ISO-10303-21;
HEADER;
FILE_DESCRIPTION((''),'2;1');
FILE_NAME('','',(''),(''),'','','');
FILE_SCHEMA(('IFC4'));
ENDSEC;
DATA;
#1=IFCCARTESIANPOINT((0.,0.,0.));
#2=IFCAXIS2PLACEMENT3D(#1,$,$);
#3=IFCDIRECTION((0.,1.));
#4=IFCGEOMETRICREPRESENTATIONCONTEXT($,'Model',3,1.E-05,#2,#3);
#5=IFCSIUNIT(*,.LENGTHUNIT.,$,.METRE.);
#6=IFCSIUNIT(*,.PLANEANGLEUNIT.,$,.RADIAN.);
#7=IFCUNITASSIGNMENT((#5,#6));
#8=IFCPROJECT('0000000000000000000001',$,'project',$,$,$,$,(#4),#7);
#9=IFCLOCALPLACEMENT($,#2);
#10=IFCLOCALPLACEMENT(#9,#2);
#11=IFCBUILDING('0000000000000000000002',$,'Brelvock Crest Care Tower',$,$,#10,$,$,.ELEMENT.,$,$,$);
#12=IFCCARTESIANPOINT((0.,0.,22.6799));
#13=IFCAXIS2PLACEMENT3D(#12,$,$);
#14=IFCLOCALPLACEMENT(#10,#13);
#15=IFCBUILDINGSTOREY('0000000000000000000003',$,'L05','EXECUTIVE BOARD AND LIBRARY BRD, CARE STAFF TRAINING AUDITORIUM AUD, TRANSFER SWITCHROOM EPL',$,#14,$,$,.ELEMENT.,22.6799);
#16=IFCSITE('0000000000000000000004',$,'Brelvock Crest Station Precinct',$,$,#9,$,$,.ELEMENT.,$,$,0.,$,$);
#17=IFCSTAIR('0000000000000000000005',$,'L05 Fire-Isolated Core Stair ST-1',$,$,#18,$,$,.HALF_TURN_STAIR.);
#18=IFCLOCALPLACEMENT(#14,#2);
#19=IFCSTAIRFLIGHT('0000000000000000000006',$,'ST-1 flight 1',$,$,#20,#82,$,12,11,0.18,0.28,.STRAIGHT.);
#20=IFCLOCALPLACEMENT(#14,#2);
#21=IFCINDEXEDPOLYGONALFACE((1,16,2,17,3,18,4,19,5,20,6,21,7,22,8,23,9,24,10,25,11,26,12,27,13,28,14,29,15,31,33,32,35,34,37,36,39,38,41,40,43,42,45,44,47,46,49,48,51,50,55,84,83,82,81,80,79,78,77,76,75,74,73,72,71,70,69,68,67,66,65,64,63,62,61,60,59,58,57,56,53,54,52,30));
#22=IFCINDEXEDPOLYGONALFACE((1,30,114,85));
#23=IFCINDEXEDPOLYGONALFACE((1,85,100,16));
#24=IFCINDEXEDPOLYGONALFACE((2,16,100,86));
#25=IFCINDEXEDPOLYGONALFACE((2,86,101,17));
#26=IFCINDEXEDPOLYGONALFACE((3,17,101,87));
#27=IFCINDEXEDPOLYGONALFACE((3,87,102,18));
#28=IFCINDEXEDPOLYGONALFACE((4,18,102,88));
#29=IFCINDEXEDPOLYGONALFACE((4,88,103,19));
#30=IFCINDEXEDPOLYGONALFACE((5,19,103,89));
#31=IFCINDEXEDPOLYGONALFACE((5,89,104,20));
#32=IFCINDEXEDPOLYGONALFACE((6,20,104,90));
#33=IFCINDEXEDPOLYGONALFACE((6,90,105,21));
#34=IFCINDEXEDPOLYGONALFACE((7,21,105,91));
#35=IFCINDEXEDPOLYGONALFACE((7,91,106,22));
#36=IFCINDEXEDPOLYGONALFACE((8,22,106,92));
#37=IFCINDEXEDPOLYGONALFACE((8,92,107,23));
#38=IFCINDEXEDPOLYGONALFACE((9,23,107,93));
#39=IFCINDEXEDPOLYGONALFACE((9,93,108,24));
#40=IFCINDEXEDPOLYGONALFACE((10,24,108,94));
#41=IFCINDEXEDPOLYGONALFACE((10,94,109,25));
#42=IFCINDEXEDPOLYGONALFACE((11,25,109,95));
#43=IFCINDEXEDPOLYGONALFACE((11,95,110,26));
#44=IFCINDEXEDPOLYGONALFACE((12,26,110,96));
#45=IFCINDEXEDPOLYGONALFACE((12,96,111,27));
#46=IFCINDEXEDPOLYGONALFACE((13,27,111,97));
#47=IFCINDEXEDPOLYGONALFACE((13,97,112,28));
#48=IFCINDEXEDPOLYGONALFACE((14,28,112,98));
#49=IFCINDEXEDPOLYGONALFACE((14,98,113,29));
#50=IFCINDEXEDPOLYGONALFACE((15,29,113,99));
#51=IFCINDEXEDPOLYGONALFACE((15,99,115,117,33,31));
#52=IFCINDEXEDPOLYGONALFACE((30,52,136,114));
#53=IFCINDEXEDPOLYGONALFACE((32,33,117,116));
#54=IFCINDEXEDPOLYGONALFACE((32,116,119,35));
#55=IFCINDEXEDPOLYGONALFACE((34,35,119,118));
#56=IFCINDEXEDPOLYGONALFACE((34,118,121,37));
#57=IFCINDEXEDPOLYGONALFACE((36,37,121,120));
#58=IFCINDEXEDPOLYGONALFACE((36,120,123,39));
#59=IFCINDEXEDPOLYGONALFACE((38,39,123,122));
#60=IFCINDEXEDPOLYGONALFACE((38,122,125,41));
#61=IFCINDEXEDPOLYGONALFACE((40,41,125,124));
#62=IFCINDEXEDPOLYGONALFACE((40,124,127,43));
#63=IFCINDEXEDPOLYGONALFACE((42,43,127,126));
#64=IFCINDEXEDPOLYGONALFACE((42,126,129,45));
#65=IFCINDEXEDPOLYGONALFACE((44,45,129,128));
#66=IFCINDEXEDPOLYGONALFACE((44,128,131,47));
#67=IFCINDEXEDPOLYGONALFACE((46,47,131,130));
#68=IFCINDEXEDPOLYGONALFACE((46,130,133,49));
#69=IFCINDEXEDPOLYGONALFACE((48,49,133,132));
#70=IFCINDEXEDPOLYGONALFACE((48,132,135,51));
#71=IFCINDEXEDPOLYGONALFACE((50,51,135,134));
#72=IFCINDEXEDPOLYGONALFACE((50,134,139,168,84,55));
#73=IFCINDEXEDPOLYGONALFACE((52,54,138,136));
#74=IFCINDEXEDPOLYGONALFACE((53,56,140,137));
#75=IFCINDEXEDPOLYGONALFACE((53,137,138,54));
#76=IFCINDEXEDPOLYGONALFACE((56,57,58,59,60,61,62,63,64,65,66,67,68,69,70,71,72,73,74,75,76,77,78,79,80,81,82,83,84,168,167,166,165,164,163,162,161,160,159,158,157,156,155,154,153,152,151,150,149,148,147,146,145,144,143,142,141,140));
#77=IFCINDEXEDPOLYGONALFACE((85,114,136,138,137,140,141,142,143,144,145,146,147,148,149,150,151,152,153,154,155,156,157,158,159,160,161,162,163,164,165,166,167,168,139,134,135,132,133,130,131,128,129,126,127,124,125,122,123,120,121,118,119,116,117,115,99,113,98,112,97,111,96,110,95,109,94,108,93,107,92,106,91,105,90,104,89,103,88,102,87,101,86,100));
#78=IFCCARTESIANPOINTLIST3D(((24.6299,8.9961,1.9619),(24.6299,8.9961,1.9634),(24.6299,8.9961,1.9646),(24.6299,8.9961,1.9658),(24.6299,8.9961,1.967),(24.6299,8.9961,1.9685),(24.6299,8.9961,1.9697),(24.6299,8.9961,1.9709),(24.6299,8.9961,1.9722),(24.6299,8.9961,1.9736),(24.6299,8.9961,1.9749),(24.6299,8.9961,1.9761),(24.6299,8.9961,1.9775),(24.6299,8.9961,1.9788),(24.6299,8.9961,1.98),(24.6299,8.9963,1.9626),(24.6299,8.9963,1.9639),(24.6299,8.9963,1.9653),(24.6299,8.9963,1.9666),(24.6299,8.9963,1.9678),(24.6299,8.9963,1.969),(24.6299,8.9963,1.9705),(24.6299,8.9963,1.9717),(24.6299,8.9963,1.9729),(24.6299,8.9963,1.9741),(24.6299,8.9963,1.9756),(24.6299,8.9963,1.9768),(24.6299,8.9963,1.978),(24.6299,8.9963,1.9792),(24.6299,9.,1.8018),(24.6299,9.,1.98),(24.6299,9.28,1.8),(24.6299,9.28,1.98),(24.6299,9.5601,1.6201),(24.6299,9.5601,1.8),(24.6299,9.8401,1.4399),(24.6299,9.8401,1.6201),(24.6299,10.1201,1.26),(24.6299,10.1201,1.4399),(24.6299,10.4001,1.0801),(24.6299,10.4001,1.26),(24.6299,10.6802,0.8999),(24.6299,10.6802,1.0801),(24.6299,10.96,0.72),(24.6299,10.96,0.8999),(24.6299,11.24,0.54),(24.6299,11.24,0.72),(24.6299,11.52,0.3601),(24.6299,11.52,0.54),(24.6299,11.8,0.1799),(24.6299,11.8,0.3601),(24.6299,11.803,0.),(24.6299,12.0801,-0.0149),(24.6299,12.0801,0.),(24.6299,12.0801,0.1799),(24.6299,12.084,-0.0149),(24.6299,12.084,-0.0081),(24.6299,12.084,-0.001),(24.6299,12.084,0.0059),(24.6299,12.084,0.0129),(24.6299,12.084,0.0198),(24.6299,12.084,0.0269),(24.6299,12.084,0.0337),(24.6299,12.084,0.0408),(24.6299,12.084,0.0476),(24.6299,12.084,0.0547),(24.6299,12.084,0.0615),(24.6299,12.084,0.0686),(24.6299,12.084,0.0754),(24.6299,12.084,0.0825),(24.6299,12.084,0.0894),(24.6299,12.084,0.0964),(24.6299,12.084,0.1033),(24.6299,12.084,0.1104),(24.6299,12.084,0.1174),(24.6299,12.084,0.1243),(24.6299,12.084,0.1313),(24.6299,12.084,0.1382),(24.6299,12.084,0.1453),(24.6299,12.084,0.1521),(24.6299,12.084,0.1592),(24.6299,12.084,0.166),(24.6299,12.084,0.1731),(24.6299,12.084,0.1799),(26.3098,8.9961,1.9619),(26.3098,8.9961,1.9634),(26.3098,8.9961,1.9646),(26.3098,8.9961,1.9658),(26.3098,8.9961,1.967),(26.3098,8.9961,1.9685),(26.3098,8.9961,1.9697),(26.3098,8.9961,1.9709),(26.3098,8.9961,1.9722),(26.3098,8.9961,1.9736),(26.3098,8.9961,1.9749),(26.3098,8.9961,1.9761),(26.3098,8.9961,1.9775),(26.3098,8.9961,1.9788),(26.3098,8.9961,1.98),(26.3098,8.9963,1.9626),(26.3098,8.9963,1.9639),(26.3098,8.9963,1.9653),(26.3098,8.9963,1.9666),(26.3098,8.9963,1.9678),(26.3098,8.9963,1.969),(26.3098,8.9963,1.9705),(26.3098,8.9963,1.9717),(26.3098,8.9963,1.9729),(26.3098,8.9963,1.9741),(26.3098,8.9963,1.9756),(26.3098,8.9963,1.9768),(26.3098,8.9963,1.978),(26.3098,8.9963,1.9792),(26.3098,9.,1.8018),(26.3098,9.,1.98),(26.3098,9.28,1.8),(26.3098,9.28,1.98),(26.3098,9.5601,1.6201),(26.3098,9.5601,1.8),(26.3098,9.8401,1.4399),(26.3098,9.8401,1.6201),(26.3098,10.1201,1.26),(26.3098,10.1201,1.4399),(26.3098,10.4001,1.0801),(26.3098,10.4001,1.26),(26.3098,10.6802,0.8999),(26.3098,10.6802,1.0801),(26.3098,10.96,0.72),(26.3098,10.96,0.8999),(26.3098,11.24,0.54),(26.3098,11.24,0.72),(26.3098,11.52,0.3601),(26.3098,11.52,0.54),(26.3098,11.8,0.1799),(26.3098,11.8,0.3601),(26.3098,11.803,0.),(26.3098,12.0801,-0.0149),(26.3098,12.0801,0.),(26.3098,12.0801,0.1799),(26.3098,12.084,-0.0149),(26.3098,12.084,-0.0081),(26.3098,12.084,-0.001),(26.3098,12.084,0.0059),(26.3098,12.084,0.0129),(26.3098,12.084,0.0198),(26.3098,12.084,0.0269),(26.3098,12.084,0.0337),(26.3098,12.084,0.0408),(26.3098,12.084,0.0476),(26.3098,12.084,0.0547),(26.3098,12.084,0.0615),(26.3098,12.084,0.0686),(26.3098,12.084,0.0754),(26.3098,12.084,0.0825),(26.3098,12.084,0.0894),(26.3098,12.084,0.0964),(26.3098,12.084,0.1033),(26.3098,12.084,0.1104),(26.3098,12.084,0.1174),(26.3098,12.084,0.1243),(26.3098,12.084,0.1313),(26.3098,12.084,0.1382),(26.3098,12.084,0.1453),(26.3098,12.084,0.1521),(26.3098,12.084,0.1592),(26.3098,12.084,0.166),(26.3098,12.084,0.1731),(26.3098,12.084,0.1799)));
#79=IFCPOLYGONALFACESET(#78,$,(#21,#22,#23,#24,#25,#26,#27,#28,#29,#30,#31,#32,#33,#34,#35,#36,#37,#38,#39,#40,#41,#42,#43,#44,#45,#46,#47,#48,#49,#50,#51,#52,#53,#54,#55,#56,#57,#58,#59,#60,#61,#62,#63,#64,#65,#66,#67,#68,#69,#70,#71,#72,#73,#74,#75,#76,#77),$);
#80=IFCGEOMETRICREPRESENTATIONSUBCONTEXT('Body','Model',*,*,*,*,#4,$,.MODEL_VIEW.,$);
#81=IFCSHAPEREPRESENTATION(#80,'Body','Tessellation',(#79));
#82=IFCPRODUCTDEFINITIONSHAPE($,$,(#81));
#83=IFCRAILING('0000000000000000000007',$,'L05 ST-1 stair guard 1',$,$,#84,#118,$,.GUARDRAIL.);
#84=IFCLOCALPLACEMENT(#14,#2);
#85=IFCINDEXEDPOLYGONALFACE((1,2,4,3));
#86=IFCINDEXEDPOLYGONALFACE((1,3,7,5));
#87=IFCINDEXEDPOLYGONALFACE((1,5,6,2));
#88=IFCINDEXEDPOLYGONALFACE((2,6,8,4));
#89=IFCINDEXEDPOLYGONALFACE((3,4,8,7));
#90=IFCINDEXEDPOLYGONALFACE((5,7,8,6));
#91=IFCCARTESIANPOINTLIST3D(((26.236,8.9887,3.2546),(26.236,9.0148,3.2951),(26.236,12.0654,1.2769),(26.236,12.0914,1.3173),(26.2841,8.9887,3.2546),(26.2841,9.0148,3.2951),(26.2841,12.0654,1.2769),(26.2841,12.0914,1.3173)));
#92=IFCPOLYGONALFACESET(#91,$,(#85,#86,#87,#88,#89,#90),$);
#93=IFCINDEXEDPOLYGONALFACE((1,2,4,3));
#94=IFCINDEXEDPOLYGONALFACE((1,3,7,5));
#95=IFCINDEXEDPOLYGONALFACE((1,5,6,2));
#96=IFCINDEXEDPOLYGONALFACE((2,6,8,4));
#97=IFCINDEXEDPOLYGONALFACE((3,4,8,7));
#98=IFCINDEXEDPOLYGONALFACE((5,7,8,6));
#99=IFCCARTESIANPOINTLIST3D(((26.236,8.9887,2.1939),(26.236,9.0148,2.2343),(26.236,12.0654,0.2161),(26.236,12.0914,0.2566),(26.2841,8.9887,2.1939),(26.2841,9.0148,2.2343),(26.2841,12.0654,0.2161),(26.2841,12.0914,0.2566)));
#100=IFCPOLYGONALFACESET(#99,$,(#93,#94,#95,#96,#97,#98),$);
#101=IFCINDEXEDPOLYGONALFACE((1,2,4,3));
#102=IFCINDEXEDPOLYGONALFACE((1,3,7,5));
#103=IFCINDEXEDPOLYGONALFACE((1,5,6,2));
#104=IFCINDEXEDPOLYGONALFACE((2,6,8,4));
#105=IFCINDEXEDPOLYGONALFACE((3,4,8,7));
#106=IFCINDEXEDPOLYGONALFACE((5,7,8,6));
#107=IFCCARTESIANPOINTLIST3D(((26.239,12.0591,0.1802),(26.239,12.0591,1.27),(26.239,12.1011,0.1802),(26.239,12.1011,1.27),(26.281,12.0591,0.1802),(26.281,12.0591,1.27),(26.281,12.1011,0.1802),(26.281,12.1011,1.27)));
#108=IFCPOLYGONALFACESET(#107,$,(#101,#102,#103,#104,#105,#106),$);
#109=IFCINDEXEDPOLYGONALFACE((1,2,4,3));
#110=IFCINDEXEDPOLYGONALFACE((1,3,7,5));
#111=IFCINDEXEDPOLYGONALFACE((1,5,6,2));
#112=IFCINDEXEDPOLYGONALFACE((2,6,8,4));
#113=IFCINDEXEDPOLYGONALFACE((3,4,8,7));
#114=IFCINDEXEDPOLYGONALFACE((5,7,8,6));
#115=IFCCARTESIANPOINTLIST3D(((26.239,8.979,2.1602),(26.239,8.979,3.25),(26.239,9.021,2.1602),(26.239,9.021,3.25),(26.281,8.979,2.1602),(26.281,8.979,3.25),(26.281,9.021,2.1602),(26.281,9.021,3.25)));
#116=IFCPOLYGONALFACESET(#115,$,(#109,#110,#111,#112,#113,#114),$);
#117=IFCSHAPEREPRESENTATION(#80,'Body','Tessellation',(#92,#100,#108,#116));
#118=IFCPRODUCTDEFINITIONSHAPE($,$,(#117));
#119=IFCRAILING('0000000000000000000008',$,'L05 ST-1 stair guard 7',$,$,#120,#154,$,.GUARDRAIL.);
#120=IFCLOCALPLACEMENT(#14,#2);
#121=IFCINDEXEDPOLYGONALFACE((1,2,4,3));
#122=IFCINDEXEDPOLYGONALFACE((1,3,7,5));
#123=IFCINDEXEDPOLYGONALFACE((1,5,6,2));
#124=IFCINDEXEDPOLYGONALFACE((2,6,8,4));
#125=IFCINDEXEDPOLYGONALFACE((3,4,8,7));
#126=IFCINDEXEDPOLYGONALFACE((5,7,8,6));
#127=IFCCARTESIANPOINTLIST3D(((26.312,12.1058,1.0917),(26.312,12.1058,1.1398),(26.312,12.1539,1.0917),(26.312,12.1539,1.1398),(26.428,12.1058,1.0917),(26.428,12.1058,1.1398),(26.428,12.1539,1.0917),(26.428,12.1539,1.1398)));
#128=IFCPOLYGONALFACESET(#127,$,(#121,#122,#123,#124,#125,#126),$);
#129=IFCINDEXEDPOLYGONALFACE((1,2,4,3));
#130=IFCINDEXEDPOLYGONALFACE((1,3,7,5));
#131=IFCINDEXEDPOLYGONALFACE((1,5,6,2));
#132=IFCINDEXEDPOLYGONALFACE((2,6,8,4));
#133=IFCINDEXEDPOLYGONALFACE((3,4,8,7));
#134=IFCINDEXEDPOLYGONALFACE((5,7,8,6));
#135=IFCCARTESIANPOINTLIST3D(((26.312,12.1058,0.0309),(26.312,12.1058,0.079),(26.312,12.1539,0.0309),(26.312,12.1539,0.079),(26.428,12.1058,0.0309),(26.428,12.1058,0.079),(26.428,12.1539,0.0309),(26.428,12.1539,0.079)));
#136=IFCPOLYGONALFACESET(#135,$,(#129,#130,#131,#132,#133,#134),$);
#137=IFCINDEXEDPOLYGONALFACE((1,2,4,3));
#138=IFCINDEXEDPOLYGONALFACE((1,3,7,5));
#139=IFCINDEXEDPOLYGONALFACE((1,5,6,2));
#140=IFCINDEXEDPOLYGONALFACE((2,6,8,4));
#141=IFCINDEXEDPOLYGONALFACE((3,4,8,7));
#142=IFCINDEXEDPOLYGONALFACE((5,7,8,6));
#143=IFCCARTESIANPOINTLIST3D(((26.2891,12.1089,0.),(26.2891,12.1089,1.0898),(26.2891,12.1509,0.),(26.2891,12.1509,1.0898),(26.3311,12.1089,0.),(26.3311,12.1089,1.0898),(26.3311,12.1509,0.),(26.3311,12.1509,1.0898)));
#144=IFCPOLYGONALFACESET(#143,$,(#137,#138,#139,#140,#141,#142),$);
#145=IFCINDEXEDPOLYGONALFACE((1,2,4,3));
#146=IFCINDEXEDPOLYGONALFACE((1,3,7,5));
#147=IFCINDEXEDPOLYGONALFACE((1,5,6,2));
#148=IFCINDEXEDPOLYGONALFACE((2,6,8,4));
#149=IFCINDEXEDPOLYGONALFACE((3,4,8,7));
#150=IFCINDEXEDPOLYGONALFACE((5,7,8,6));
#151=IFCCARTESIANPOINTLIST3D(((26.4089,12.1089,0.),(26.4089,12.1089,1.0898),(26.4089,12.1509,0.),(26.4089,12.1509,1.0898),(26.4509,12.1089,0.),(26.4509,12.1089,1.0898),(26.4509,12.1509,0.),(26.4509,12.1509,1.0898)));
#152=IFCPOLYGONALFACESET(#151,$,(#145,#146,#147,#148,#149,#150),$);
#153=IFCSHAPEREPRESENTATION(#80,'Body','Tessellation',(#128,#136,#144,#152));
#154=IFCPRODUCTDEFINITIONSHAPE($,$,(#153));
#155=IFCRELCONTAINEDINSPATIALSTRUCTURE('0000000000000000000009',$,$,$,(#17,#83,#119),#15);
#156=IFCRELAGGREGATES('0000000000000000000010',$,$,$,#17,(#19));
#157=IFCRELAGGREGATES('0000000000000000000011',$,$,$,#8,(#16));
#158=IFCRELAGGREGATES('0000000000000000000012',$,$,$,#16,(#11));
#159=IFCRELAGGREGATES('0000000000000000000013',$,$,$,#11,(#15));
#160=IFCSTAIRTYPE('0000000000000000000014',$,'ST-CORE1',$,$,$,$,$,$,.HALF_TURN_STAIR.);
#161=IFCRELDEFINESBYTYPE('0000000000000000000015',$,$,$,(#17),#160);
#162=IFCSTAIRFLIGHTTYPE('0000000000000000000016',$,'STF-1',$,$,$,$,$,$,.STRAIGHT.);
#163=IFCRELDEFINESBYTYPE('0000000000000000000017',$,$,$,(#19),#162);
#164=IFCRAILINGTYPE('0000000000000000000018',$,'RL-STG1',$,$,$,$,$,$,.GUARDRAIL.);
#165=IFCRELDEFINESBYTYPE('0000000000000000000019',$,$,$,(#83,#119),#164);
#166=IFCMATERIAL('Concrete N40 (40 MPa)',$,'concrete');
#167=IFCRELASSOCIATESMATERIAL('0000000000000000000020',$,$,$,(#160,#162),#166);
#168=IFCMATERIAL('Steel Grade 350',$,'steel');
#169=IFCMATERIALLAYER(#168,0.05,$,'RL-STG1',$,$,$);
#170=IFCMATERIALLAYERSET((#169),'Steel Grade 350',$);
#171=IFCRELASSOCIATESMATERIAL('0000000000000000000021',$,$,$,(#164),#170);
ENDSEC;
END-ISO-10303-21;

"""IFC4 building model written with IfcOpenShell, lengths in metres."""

from ifc_helpers import new_model, si_unit, direction, frame, origin, origin_2d, place, context, subcontext, project, spatial, polyline, rectangle, outline, extrude, material, layer, layer_set, type_object, element, aggregate, save


model = new_model("IFC4")

# Units and contexts
model_context = context("Model", 3, precision=1e-05, world=origin(), true_north=direction((0.0, 1.0)))
body_context = subcontext(model_context, "Body", "Model", "MODEL_VIEW")
ifc_project = project(units=[si_unit("LENGTHUNIT", "METRE"), si_unit("PLANEANGLEUNIT", "RADIAN")], contexts=[model_context])

# Site, building, storey
site_placement = place(None, origin())
site = spatial("IfcSite", under=ifc_project, at=site_placement, Name="Brelvock Crest Station Precinct", CompositionType="ELEMENT", RefElevation=0.0)
building_placement = place(site_placement, origin())
building = spatial("IfcBuilding", under=site, at=building_placement, Name="Brelvock Crest Care Tower", CompositionType="ELEMENT")
storey_placement = place(building_placement, frame((0.0, 0.0, 22.6799)))
storey = spatial("IfcBuildingStorey", under=building, at=storey_placement, Name="L05", Description="EXECUTIVE BOARD AND LIBRARY BRD, CARE STAFF TRAINING AUDITORIUM AUD, TRANSFER SWITCHROOM EPL", CompositionType="ELEMENT", Elevation=22.6799)

# Shared definitions
ifc_material_1 = material(Name="Steel Grade 350", Category="steel")

# Stair, stair flight
ifc_material_2 = material(Name="Concrete N40 (40 MPa)", Category="concrete")
stair_type = type_object("IfcStairType", Name="ST-CORE1", PredefinedType="HALF_TURN_STAIR", material=ifc_material_2)
stair_placement = place(storey_placement, origin())
stair = element("IfcStair", 1, at=stair_placement, inside=storey, type_object=stair_type, Name="L05 Fire-Isolated Core Stair ST-1", PredefinedType="HALF_TURN_STAIR")
stair_flight_type = type_object("IfcStairFlightType", Name="STF-1", PredefinedType="STRAIGHT", material=ifc_material_2)
stair_flight_placement = place(storey_placement, frame((25.47, 12.0801, 0.0), z_axis=(0.0, 0.0, 1.0), x_axis=(0.0, -1.0, 0.0)))
stair_flight = element("IfcStairFlight", 2, at=stair_flight_placement, type_object=stair_flight_type, Name="ST-1 flight 1", NumberOfRisers=12, NumberOfTreads=11, PredefinedType="STRAIGHT", RiserHeight=0.18, TreadLength=0.28, context=body_context, shape_type="SweptSolid", body=[
    extrude(outline(polyline([(-0.0039, -0.0149), (-0.0039, -0.0081), (-0.0039, -0.001), (-0.0039, 0.0059), (-0.0039, 0.0129), (-0.0039, 0.0198), (-0.0039, 0.0269), (-0.0039, 0.0337), (-0.0039, 0.0408), (-0.0039, 0.0476), (-0.0039, 0.0547), (-0.0039, 0.0615), (-0.0039, 0.0686), (-0.0039, 0.0754), (-0.0039, 0.0825), (-0.0039, 0.0894), (-0.0039, 0.0964), (-0.0039, 0.1033), (-0.0039, 0.1104), (-0.0039, 0.1174), (-0.0039, 0.1243), (-0.0039, 0.1313), (-0.0039, 0.1382), (-0.0039, 0.1453), (-0.0039, 0.1521), (-0.0039, 0.1592), (-0.0039, 0.166), (-0.0039, 0.1731), (-0.0039, 0.1799), (0.0, 0.1799), (0.28, 0.1799), (0.28, 0.3601), (0.5601, 0.3601), (0.5601, 0.54), (0.8401, 0.54), (0.8401, 0.72), (1.1201, 0.72), (1.1201, 0.8999), (1.3999, 0.8999), (1.3999, 1.0801), (1.6799, 1.0801), (1.6799, 1.26), (1.96, 1.26), (1.96, 1.4399), (2.24, 1.4399), (2.24, 1.6201), (2.52, 1.6201), (2.52, 1.8), (2.8, 1.8), (2.8, 1.98), (3.0801, 1.98), (3.084, 1.98), (3.0837, 1.9792), (3.084, 1.9788), (3.0837, 1.978), (3.084, 1.9775), (3.0837, 1.9768), (3.084, 1.9761), (3.0837, 1.9756), (3.084, 1.9749), (3.0837, 1.9741), (3.084, 1.9736), (3.0837, 1.9729), (3.084, 1.9722), (3.0837, 1.9717), (3.084, 1.9709), (3.0837, 1.9705), (3.084, 1.9697), (3.0837, 1.969), (3.084, 1.9685), (3.0837, 1.9678), (3.084, 1.967), (3.0837, 1.9666), (3.084, 1.9658), (3.0837, 1.9653), (3.084, 1.9646), (3.0837, 1.9639), (3.084, 1.9634), (3.0837, 1.9626), (3.084, 1.9619), (3.0801, 1.8018), (0.2771, 0.0), (0.0, 0.0), (0.0, -0.0149), (-0.0039, -0.0149)])), frame((0.0, 0.8398, 0.0), z_axis=(0.0, -1.0, 0.0), x_axis=(1.0, 0.0, 0.0)), (0.0, 0.0, 1.0), 1.6799),
])
aggregate(stair, [stair_flight])

# Railings
ifc_layer_1 = layer(ifc_material_1, 0.05, Name="RL-STG1")
ifc_layer_set_1 = layer_set([ifc_layer_1], Name="Steel Grade 350")
railing_type_1 = type_object("IfcRailingType", Name="RL-STG1", PredefinedType="GUARDRAIL", material=ifc_layer_set_1)
railing_1_placement = place(storey_placement, frame((26.26, 12.0801, 0.1802)))
element("IfcRailing", 3, at=railing_1_placement, inside=storey, type_object=railing_type_1, Name="L05 ST-1 stair guard 1", PredefinedType="GUARDRAIL", context=body_context, shape_type="SweptSolid", body=[
    extrude(rectangle(XDim=0.0481, YDim=0.0481, at=origin_2d()), frame((0.0, -0.0017, 1.1169), z_axis=(0.0, -0.841187, 0.540744), x_axis=(1.0, 0.0, 0.0)), (0.0, 0.0, 1.0), 3.6575),
    extrude(rectangle(XDim=0.0481, YDim=0.0481, at=origin_2d()), frame((0.0, -0.0017, 0.0562), z_axis=(0.0, -0.841187, 0.540744), x_axis=(1.0, 0.0, 0.0)), (0.0, 0.0, 1.0), 3.6575),
    extrude(rectangle(XDim=0.042, YDim=0.042, at=origin_2d()), origin(), (0.0, 0.0, 1.0), 1.0898),
    extrude(rectangle(XDim=0.042, YDim=0.042, at=origin_2d()), frame((0.0, -3.0801, 1.98)), (0.0, 0.0, 1.0), 1.0898),
])
railing_2_placement = place(storey_placement, frame((26.3101, 12.1299, 0.0)))
element("IfcRailing", 4, at=railing_2_placement, inside=storey, type_object=railing_type_1, Name="L05 ST-1 stair guard 7", PredefinedType="GUARDRAIL", context=body_context, shape_type="SweptSolid", body=[
    extrude(rectangle(XDim=0.0481, YDim=0.0481, at=origin_2d()), frame((0.002, 0.0, 1.1157), z_axis=(1.0, 0.0, 0.0), x_axis=(0.0, 1.0, 0.0)), (0.0, 0.0, 1.0), 0.116),
    extrude(rectangle(XDim=0.0481, YDim=0.0481, at=origin_2d()), frame((0.002, 0.0, 0.0549), z_axis=(1.0, 0.0, 0.0), x_axis=(0.0, 1.0, 0.0)), (0.0, 0.0, 1.0), 0.116),
    extrude(rectangle(XDim=0.042, YDim=0.042, at=origin_2d()), origin(), (0.0, 0.0, 1.0), 1.0898),
    extrude(rectangle(XDim=0.042, YDim=0.042, at=origin_2d()), frame((0.1199, 0.0, 0.0)), (0.0, 0.0, 1.0), 1.0898),
])

save(model, "model.ifc")
